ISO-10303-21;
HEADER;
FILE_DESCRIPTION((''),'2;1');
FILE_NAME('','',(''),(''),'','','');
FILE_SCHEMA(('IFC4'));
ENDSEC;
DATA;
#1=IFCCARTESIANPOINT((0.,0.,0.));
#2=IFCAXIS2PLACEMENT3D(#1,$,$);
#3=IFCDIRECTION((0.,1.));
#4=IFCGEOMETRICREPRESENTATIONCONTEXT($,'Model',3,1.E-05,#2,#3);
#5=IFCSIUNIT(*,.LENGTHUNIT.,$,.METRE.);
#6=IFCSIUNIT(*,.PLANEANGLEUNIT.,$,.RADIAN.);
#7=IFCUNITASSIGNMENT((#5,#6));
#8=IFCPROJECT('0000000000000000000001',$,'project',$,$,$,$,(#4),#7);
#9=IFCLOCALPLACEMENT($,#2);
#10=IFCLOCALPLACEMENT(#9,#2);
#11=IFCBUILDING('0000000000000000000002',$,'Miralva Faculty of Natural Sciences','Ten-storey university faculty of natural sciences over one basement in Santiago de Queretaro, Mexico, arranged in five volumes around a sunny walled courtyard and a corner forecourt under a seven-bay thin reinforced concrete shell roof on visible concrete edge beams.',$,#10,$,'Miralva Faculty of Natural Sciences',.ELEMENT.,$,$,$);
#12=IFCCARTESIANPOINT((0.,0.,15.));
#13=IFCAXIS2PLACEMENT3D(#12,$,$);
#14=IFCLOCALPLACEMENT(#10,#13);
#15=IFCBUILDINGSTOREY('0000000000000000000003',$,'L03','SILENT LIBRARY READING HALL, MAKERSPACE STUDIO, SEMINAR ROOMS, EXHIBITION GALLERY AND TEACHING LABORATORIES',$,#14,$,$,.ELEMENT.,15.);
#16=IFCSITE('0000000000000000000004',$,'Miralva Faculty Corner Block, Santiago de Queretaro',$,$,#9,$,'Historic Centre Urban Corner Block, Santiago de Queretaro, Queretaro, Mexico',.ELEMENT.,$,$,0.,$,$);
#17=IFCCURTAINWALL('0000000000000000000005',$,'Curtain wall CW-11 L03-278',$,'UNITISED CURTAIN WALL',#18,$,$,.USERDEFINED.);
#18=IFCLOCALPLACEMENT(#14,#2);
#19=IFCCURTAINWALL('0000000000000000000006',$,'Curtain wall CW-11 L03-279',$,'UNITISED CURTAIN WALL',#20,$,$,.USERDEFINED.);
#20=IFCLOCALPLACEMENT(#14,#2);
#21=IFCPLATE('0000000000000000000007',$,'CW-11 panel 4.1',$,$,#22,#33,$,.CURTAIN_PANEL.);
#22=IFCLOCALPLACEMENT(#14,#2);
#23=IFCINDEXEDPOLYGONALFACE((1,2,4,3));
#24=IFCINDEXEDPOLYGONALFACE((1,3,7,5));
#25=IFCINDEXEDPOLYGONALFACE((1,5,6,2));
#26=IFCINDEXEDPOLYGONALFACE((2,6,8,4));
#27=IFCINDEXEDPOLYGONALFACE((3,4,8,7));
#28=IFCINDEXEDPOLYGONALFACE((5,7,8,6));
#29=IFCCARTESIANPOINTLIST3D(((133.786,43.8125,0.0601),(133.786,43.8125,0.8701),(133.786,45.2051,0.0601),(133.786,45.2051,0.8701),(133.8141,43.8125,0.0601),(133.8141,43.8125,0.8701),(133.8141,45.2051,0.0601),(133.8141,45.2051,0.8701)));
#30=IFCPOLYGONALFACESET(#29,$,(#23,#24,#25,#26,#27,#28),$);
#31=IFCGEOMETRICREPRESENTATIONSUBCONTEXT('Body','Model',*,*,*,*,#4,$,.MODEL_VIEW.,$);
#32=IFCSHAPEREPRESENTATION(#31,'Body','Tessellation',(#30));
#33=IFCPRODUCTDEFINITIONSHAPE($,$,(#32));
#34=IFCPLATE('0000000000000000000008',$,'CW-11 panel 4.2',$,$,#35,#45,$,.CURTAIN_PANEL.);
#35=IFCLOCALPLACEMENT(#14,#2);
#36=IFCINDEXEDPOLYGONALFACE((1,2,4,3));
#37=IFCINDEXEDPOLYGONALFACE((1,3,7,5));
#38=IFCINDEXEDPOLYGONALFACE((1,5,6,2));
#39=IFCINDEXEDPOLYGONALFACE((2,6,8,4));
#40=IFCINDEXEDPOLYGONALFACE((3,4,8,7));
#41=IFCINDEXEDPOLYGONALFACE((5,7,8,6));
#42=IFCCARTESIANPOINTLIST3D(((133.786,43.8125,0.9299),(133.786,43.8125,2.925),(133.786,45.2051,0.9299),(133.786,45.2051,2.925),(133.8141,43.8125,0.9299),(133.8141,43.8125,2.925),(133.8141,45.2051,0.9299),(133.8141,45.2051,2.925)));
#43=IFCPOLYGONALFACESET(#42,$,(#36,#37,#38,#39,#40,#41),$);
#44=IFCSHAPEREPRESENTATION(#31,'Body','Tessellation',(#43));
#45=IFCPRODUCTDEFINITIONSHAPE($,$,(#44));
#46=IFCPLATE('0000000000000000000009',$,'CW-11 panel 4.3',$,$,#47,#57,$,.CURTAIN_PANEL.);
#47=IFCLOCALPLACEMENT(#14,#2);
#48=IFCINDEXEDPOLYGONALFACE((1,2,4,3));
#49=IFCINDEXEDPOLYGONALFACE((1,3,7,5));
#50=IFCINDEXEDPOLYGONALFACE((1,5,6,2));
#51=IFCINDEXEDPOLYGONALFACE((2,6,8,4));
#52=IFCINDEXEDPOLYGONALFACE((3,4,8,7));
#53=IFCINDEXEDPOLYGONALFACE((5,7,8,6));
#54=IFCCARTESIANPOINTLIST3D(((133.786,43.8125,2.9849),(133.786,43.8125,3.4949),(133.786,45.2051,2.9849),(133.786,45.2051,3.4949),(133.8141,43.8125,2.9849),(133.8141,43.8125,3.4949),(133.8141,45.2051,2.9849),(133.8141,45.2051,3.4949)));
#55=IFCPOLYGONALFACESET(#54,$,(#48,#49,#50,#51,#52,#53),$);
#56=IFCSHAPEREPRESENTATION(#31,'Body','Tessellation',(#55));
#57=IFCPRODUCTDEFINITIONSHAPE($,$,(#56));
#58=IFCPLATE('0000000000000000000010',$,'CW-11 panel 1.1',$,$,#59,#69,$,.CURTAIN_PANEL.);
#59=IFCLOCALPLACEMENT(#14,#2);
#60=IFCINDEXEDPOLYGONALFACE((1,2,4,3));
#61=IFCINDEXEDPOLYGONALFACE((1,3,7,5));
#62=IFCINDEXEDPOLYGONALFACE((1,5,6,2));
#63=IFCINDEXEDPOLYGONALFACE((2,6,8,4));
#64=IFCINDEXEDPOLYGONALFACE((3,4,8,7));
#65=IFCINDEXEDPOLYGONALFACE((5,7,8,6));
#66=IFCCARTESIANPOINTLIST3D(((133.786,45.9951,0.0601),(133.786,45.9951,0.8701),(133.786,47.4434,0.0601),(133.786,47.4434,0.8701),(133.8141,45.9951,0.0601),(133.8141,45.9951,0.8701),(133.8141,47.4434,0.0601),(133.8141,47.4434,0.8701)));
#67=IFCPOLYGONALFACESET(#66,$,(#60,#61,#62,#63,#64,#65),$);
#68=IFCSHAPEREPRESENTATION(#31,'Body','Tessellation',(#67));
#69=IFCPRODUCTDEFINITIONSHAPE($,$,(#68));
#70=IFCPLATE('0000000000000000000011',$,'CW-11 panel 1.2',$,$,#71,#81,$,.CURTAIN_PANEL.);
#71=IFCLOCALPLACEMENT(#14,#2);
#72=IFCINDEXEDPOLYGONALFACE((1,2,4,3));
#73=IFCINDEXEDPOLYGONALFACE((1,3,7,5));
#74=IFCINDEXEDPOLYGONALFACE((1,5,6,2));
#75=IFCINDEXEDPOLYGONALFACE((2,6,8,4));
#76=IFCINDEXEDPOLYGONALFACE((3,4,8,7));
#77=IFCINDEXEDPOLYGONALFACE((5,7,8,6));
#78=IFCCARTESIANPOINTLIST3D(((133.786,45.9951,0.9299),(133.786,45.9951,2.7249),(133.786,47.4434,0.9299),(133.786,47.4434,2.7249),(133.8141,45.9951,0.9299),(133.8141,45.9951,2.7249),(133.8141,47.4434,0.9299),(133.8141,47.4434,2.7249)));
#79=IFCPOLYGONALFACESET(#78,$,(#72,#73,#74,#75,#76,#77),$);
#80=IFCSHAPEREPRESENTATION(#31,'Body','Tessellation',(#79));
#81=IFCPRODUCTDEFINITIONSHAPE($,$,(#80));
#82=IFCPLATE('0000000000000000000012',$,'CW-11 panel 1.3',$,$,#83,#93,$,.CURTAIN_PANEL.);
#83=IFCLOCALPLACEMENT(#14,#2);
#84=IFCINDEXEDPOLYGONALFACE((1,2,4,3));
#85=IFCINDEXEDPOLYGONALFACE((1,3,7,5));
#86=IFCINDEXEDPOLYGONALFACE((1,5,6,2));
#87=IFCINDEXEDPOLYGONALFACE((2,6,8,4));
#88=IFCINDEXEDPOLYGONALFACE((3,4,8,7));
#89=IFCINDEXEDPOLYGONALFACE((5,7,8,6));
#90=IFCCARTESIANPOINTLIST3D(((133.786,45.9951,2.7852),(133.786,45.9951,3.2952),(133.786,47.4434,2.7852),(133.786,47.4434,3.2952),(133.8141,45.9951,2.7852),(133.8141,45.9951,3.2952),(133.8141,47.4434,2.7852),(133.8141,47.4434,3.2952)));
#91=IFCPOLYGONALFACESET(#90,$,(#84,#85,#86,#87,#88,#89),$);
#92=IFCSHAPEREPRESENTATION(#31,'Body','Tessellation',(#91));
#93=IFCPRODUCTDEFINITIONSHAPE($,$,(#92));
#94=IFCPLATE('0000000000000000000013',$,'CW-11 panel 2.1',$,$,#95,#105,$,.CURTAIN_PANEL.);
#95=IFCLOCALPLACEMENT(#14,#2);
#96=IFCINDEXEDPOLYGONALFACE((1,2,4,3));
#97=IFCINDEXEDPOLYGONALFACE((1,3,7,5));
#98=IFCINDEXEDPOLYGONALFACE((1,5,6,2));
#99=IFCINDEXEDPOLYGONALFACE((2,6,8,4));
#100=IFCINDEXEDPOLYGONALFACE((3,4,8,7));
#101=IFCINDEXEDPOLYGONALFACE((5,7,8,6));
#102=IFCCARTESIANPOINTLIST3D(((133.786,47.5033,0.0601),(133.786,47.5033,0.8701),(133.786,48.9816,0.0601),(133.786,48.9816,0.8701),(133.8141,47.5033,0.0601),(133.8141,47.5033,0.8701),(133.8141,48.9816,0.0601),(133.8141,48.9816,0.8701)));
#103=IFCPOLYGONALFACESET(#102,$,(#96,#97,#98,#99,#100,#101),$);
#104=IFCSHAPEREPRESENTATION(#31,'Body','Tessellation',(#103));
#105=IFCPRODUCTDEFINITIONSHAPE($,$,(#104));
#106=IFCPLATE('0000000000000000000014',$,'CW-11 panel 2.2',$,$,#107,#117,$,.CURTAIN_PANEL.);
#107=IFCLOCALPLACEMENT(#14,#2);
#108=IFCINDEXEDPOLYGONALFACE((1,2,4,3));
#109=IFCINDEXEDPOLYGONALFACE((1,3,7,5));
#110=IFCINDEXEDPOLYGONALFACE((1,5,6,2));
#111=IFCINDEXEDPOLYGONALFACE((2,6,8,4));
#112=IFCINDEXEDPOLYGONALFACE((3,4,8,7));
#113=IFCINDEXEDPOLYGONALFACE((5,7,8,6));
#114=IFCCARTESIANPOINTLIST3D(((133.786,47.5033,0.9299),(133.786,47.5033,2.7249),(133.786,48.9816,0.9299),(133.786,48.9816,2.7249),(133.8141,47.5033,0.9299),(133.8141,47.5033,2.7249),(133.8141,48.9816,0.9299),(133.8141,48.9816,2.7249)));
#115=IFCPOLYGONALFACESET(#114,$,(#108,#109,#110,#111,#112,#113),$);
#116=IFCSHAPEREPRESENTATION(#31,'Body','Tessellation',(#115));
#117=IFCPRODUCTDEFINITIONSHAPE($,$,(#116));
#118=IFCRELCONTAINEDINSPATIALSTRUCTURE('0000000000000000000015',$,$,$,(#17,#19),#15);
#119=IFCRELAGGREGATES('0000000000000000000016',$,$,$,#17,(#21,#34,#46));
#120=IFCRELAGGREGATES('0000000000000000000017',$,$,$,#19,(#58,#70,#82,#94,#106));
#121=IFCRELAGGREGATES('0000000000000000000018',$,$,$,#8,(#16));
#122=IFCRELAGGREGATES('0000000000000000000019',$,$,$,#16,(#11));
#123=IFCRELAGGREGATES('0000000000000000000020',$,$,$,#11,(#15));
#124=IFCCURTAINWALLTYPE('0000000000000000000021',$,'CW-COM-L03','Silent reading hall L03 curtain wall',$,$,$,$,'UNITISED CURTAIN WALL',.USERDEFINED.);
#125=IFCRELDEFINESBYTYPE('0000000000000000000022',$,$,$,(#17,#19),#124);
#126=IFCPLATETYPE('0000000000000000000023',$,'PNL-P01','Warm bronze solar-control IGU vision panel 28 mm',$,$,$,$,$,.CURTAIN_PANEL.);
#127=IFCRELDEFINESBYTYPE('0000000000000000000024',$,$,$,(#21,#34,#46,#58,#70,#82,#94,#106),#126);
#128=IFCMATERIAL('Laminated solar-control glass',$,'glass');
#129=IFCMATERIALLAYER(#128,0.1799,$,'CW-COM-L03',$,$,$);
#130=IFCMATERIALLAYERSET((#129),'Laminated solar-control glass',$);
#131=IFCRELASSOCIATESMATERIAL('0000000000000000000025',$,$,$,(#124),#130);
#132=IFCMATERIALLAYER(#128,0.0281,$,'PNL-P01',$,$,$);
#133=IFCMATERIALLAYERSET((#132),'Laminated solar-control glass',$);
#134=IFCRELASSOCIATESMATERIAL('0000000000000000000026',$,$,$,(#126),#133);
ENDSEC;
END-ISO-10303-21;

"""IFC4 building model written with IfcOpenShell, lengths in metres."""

from ifc_helpers import new_model, si_unit, direction, frame, origin, origin_2d, place, context, subcontext, project, spatial, rectangle, extrude, material, layer, layer_set, type_object, element, aggregate, save


model = new_model("IFC4")

# Units and contexts
model_context = context("Model", 3, precision=1e-05, world=origin(), true_north=direction((0.0, 1.0)))
body_context = subcontext(model_context, "Body", "Model", "MODEL_VIEW")
ifc_project = project(units=[si_unit("LENGTHUNIT", "METRE"), si_unit("PLANEANGLEUNIT", "RADIAN")], contexts=[model_context])

# Site, building, storey
site_placement = place(None, origin())
site = spatial("IfcSite", under=ifc_project, at=site_placement, Name="Miralva Faculty Corner Block, Santiago de Queretaro", LongName="Historic Centre Urban Corner Block, Santiago de Queretaro, Queretaro, Mexico", CompositionType="ELEMENT", RefElevation=0.0)
building_placement = place(site_placement, origin())
building = spatial("IfcBuilding", under=site, at=building_placement, Name="Miralva Faculty of Natural Sciences", Description="Ten-storey university faculty of natural sciences over one basement in Santiago de Queretaro, Mexico, arranged in five volumes around a sunny walled courtyard and a corner forecourt under a seven-bay thin reinforced concrete shell roof on visible concrete edge beams.", LongName="Miralva Faculty of Natural Sciences", CompositionType="ELEMENT")
storey_placement = place(building_placement, frame((0.0, 0.0, 15.0)))
storey = spatial("IfcBuildingStorey", under=building, at=storey_placement, Name="L03", Description="SILENT LIBRARY READING HALL, MAKERSPACE STUDIO, SEMINAR ROOMS, EXHIBITION GALLERY AND TEACHING LABORATORIES", CompositionType="ELEMENT", Elevation=15.0)

# Curtain walls
ifc_material_1 = material(Name="Laminated solar-control glass", Category="glass")
ifc_layer_1 = layer(ifc_material_1, 0.1799, Name="CW-COM-L03")
ifc_layer_set_1 = layer_set([ifc_layer_1], Name="Laminated solar-control glass")
curtain_wall_type = type_object("IfcCurtainWallType", Name="CW-COM-L03", Description="Silent reading hall L03 curtain wall", ElementType="UNITISED CURTAIN WALL", PredefinedType="USERDEFINED", material=ifc_layer_set_1)
curtain_wall_1_placement = place(storey_placement, origin())
curtain_wall_1 = element("IfcCurtainWall", 1, at=curtain_wall_1_placement, inside=storey, type_object=curtain_wall_type, Name="Curtain wall CW-11 L03-278", ObjectType="UNITISED CURTAIN WALL", PredefinedType="USERDEFINED")
curtain_wall_2_placement = place(storey_placement, origin())
curtain_wall_2 = element("IfcCurtainWall", 2, at=curtain_wall_2_placement, inside=storey, type_object=curtain_wall_type, Name="Curtain wall CW-11 L03-279", ObjectType="UNITISED CURTAIN WALL", PredefinedType="USERDEFINED")

# Plates
ifc_layer_2 = layer(ifc_material_1, 0.0281, Name="PNL-P01")
ifc_layer_set_2 = layer_set([ifc_layer_2], Name="Laminated solar-control glass")
plate_type = type_object("IfcPlateType", Name="PNL-P01", Description="Warm bronze solar-control IGU vision panel 28 mm", PredefinedType="CURTAIN_PANEL", material=ifc_layer_set_2)
plate_1_placement = place(storey_placement, frame((133.8, 44.5088, 0.0601), z_axis=(0.0, 0.0, 1.0), x_axis=(0.0, 1.0, 0.0)))
plate_1 = element("IfcPlate", 3, at=plate_1_placement, type_object=plate_type, Name="CW-11 panel 4.1", PredefinedType="CURTAIN_PANEL", context=body_context, shape_type="SweptSolid", body=[
    extrude(rectangle(XDim=1.3926, YDim=0.0281, at=origin_2d()), origin(), (0.0, 0.0, 1.0), 0.8101),
])
plate_2_placement = place(storey_placement, frame((133.8, 44.5088, 0.9299), z_axis=(0.0, 0.0, 1.0), x_axis=(0.0, 1.0, 0.0)))
plate_2 = element("IfcPlate", 4, at=plate_2_placement, type_object=plate_type, Name="CW-11 panel 4.2", PredefinedType="CURTAIN_PANEL", context=body_context, shape_type="SweptSolid", body=[
    extrude(rectangle(XDim=1.3926, YDim=0.0281, at=origin_2d()), origin(), (0.0, 0.0, 1.0), 1.9951),
])
plate_3_placement = place(storey_placement, frame((133.8, 44.5088, 2.9849), z_axis=(0.0, 0.0, 1.0), x_axis=(0.0, 1.0, 0.0)))
plate_3 = element("IfcPlate", 5, at=plate_3_placement, type_object=plate_type, Name="CW-11 panel 4.3", PredefinedType="CURTAIN_PANEL", context=body_context, shape_type="SweptSolid", body=[
    extrude(rectangle(XDim=1.3926, YDim=0.0281, at=origin_2d()), origin(), (0.0, 0.0, 1.0), 0.51),
])
aggregate(curtain_wall_1, [plate_1, plate_2, plate_3])
plate_4_placement = place(storey_placement, frame((133.8, 46.7192, 0.0601), z_axis=(0.0, 0.0, 1.0), x_axis=(0.0, 1.0, 0.0)))
plate_4 = element("IfcPlate", 6, at=plate_4_placement, type_object=plate_type, Name="CW-11 panel 1.1", PredefinedType="CURTAIN_PANEL", context=body_context, shape_type="SweptSolid", body=[
    extrude(rectangle(XDim=1.4482, YDim=0.0281, at=origin_2d()), origin(), (0.0, 0.0, 1.0), 0.8101),
])
plate_5_placement = place(storey_placement, frame((133.8, 46.7192, 0.9299), z_axis=(0.0, 0.0, 1.0), x_axis=(0.0, 1.0, 0.0)))
plate_5 = element("IfcPlate", 7, at=plate_5_placement, type_object=plate_type, Name="CW-11 panel 1.2", PredefinedType="CURTAIN_PANEL", context=body_context, shape_type="SweptSolid", body=[
    extrude(rectangle(XDim=1.4482, YDim=0.0281, at=origin_2d()), origin(), (0.0, 0.0, 1.0), 1.7949),
])
plate_6_placement = place(storey_placement, frame((133.8, 46.7192, 2.7852), z_axis=(0.0, 0.0, 1.0), x_axis=(0.0, 1.0, 0.0)))
plate_6 = element("IfcPlate", 8, at=plate_6_placement, type_object=plate_type, Name="CW-11 panel 1.3", PredefinedType="CURTAIN_PANEL", context=body_context, shape_type="SweptSolid", body=[
    extrude(rectangle(XDim=1.4482, YDim=0.0281, at=origin_2d()), origin(), (0.0, 0.0, 1.0), 0.51),
])
plate_7_placement = place(storey_placement, frame((133.8, 48.2424, 0.0601), z_axis=(0.0, 0.0, 1.0), x_axis=(0.0, 1.0, 0.0)))
plate_7 = element("IfcPlate", 9, at=plate_7_placement, type_object=plate_type, Name="CW-11 panel 2.1", PredefinedType="CURTAIN_PANEL", context=body_context, shape_type="SweptSolid", body=[
    extrude(rectangle(XDim=1.4783, YDim=0.0281, at=origin_2d()), origin(), (0.0, 0.0, 1.0), 0.8101),
])
plate_8_placement = place(storey_placement, frame((133.8, 48.2424, 0.9299), z_axis=(0.0, 0.0, 1.0), x_axis=(0.0, 1.0, 0.0)))
plate_8 = element("IfcPlate", 10, at=plate_8_placement, type_object=plate_type, Name="CW-11 panel 2.2", PredefinedType="CURTAIN_PANEL", context=body_context, shape_type="SweptSolid", body=[
    extrude(rectangle(XDim=1.4783, YDim=0.0281, at=origin_2d()), origin(), (0.0, 0.0, 1.0), 1.7949),
])
aggregate(curtain_wall_2, [plate_4, plate_5, plate_6, plate_7, plate_8])

save(model, "model.ifc")
